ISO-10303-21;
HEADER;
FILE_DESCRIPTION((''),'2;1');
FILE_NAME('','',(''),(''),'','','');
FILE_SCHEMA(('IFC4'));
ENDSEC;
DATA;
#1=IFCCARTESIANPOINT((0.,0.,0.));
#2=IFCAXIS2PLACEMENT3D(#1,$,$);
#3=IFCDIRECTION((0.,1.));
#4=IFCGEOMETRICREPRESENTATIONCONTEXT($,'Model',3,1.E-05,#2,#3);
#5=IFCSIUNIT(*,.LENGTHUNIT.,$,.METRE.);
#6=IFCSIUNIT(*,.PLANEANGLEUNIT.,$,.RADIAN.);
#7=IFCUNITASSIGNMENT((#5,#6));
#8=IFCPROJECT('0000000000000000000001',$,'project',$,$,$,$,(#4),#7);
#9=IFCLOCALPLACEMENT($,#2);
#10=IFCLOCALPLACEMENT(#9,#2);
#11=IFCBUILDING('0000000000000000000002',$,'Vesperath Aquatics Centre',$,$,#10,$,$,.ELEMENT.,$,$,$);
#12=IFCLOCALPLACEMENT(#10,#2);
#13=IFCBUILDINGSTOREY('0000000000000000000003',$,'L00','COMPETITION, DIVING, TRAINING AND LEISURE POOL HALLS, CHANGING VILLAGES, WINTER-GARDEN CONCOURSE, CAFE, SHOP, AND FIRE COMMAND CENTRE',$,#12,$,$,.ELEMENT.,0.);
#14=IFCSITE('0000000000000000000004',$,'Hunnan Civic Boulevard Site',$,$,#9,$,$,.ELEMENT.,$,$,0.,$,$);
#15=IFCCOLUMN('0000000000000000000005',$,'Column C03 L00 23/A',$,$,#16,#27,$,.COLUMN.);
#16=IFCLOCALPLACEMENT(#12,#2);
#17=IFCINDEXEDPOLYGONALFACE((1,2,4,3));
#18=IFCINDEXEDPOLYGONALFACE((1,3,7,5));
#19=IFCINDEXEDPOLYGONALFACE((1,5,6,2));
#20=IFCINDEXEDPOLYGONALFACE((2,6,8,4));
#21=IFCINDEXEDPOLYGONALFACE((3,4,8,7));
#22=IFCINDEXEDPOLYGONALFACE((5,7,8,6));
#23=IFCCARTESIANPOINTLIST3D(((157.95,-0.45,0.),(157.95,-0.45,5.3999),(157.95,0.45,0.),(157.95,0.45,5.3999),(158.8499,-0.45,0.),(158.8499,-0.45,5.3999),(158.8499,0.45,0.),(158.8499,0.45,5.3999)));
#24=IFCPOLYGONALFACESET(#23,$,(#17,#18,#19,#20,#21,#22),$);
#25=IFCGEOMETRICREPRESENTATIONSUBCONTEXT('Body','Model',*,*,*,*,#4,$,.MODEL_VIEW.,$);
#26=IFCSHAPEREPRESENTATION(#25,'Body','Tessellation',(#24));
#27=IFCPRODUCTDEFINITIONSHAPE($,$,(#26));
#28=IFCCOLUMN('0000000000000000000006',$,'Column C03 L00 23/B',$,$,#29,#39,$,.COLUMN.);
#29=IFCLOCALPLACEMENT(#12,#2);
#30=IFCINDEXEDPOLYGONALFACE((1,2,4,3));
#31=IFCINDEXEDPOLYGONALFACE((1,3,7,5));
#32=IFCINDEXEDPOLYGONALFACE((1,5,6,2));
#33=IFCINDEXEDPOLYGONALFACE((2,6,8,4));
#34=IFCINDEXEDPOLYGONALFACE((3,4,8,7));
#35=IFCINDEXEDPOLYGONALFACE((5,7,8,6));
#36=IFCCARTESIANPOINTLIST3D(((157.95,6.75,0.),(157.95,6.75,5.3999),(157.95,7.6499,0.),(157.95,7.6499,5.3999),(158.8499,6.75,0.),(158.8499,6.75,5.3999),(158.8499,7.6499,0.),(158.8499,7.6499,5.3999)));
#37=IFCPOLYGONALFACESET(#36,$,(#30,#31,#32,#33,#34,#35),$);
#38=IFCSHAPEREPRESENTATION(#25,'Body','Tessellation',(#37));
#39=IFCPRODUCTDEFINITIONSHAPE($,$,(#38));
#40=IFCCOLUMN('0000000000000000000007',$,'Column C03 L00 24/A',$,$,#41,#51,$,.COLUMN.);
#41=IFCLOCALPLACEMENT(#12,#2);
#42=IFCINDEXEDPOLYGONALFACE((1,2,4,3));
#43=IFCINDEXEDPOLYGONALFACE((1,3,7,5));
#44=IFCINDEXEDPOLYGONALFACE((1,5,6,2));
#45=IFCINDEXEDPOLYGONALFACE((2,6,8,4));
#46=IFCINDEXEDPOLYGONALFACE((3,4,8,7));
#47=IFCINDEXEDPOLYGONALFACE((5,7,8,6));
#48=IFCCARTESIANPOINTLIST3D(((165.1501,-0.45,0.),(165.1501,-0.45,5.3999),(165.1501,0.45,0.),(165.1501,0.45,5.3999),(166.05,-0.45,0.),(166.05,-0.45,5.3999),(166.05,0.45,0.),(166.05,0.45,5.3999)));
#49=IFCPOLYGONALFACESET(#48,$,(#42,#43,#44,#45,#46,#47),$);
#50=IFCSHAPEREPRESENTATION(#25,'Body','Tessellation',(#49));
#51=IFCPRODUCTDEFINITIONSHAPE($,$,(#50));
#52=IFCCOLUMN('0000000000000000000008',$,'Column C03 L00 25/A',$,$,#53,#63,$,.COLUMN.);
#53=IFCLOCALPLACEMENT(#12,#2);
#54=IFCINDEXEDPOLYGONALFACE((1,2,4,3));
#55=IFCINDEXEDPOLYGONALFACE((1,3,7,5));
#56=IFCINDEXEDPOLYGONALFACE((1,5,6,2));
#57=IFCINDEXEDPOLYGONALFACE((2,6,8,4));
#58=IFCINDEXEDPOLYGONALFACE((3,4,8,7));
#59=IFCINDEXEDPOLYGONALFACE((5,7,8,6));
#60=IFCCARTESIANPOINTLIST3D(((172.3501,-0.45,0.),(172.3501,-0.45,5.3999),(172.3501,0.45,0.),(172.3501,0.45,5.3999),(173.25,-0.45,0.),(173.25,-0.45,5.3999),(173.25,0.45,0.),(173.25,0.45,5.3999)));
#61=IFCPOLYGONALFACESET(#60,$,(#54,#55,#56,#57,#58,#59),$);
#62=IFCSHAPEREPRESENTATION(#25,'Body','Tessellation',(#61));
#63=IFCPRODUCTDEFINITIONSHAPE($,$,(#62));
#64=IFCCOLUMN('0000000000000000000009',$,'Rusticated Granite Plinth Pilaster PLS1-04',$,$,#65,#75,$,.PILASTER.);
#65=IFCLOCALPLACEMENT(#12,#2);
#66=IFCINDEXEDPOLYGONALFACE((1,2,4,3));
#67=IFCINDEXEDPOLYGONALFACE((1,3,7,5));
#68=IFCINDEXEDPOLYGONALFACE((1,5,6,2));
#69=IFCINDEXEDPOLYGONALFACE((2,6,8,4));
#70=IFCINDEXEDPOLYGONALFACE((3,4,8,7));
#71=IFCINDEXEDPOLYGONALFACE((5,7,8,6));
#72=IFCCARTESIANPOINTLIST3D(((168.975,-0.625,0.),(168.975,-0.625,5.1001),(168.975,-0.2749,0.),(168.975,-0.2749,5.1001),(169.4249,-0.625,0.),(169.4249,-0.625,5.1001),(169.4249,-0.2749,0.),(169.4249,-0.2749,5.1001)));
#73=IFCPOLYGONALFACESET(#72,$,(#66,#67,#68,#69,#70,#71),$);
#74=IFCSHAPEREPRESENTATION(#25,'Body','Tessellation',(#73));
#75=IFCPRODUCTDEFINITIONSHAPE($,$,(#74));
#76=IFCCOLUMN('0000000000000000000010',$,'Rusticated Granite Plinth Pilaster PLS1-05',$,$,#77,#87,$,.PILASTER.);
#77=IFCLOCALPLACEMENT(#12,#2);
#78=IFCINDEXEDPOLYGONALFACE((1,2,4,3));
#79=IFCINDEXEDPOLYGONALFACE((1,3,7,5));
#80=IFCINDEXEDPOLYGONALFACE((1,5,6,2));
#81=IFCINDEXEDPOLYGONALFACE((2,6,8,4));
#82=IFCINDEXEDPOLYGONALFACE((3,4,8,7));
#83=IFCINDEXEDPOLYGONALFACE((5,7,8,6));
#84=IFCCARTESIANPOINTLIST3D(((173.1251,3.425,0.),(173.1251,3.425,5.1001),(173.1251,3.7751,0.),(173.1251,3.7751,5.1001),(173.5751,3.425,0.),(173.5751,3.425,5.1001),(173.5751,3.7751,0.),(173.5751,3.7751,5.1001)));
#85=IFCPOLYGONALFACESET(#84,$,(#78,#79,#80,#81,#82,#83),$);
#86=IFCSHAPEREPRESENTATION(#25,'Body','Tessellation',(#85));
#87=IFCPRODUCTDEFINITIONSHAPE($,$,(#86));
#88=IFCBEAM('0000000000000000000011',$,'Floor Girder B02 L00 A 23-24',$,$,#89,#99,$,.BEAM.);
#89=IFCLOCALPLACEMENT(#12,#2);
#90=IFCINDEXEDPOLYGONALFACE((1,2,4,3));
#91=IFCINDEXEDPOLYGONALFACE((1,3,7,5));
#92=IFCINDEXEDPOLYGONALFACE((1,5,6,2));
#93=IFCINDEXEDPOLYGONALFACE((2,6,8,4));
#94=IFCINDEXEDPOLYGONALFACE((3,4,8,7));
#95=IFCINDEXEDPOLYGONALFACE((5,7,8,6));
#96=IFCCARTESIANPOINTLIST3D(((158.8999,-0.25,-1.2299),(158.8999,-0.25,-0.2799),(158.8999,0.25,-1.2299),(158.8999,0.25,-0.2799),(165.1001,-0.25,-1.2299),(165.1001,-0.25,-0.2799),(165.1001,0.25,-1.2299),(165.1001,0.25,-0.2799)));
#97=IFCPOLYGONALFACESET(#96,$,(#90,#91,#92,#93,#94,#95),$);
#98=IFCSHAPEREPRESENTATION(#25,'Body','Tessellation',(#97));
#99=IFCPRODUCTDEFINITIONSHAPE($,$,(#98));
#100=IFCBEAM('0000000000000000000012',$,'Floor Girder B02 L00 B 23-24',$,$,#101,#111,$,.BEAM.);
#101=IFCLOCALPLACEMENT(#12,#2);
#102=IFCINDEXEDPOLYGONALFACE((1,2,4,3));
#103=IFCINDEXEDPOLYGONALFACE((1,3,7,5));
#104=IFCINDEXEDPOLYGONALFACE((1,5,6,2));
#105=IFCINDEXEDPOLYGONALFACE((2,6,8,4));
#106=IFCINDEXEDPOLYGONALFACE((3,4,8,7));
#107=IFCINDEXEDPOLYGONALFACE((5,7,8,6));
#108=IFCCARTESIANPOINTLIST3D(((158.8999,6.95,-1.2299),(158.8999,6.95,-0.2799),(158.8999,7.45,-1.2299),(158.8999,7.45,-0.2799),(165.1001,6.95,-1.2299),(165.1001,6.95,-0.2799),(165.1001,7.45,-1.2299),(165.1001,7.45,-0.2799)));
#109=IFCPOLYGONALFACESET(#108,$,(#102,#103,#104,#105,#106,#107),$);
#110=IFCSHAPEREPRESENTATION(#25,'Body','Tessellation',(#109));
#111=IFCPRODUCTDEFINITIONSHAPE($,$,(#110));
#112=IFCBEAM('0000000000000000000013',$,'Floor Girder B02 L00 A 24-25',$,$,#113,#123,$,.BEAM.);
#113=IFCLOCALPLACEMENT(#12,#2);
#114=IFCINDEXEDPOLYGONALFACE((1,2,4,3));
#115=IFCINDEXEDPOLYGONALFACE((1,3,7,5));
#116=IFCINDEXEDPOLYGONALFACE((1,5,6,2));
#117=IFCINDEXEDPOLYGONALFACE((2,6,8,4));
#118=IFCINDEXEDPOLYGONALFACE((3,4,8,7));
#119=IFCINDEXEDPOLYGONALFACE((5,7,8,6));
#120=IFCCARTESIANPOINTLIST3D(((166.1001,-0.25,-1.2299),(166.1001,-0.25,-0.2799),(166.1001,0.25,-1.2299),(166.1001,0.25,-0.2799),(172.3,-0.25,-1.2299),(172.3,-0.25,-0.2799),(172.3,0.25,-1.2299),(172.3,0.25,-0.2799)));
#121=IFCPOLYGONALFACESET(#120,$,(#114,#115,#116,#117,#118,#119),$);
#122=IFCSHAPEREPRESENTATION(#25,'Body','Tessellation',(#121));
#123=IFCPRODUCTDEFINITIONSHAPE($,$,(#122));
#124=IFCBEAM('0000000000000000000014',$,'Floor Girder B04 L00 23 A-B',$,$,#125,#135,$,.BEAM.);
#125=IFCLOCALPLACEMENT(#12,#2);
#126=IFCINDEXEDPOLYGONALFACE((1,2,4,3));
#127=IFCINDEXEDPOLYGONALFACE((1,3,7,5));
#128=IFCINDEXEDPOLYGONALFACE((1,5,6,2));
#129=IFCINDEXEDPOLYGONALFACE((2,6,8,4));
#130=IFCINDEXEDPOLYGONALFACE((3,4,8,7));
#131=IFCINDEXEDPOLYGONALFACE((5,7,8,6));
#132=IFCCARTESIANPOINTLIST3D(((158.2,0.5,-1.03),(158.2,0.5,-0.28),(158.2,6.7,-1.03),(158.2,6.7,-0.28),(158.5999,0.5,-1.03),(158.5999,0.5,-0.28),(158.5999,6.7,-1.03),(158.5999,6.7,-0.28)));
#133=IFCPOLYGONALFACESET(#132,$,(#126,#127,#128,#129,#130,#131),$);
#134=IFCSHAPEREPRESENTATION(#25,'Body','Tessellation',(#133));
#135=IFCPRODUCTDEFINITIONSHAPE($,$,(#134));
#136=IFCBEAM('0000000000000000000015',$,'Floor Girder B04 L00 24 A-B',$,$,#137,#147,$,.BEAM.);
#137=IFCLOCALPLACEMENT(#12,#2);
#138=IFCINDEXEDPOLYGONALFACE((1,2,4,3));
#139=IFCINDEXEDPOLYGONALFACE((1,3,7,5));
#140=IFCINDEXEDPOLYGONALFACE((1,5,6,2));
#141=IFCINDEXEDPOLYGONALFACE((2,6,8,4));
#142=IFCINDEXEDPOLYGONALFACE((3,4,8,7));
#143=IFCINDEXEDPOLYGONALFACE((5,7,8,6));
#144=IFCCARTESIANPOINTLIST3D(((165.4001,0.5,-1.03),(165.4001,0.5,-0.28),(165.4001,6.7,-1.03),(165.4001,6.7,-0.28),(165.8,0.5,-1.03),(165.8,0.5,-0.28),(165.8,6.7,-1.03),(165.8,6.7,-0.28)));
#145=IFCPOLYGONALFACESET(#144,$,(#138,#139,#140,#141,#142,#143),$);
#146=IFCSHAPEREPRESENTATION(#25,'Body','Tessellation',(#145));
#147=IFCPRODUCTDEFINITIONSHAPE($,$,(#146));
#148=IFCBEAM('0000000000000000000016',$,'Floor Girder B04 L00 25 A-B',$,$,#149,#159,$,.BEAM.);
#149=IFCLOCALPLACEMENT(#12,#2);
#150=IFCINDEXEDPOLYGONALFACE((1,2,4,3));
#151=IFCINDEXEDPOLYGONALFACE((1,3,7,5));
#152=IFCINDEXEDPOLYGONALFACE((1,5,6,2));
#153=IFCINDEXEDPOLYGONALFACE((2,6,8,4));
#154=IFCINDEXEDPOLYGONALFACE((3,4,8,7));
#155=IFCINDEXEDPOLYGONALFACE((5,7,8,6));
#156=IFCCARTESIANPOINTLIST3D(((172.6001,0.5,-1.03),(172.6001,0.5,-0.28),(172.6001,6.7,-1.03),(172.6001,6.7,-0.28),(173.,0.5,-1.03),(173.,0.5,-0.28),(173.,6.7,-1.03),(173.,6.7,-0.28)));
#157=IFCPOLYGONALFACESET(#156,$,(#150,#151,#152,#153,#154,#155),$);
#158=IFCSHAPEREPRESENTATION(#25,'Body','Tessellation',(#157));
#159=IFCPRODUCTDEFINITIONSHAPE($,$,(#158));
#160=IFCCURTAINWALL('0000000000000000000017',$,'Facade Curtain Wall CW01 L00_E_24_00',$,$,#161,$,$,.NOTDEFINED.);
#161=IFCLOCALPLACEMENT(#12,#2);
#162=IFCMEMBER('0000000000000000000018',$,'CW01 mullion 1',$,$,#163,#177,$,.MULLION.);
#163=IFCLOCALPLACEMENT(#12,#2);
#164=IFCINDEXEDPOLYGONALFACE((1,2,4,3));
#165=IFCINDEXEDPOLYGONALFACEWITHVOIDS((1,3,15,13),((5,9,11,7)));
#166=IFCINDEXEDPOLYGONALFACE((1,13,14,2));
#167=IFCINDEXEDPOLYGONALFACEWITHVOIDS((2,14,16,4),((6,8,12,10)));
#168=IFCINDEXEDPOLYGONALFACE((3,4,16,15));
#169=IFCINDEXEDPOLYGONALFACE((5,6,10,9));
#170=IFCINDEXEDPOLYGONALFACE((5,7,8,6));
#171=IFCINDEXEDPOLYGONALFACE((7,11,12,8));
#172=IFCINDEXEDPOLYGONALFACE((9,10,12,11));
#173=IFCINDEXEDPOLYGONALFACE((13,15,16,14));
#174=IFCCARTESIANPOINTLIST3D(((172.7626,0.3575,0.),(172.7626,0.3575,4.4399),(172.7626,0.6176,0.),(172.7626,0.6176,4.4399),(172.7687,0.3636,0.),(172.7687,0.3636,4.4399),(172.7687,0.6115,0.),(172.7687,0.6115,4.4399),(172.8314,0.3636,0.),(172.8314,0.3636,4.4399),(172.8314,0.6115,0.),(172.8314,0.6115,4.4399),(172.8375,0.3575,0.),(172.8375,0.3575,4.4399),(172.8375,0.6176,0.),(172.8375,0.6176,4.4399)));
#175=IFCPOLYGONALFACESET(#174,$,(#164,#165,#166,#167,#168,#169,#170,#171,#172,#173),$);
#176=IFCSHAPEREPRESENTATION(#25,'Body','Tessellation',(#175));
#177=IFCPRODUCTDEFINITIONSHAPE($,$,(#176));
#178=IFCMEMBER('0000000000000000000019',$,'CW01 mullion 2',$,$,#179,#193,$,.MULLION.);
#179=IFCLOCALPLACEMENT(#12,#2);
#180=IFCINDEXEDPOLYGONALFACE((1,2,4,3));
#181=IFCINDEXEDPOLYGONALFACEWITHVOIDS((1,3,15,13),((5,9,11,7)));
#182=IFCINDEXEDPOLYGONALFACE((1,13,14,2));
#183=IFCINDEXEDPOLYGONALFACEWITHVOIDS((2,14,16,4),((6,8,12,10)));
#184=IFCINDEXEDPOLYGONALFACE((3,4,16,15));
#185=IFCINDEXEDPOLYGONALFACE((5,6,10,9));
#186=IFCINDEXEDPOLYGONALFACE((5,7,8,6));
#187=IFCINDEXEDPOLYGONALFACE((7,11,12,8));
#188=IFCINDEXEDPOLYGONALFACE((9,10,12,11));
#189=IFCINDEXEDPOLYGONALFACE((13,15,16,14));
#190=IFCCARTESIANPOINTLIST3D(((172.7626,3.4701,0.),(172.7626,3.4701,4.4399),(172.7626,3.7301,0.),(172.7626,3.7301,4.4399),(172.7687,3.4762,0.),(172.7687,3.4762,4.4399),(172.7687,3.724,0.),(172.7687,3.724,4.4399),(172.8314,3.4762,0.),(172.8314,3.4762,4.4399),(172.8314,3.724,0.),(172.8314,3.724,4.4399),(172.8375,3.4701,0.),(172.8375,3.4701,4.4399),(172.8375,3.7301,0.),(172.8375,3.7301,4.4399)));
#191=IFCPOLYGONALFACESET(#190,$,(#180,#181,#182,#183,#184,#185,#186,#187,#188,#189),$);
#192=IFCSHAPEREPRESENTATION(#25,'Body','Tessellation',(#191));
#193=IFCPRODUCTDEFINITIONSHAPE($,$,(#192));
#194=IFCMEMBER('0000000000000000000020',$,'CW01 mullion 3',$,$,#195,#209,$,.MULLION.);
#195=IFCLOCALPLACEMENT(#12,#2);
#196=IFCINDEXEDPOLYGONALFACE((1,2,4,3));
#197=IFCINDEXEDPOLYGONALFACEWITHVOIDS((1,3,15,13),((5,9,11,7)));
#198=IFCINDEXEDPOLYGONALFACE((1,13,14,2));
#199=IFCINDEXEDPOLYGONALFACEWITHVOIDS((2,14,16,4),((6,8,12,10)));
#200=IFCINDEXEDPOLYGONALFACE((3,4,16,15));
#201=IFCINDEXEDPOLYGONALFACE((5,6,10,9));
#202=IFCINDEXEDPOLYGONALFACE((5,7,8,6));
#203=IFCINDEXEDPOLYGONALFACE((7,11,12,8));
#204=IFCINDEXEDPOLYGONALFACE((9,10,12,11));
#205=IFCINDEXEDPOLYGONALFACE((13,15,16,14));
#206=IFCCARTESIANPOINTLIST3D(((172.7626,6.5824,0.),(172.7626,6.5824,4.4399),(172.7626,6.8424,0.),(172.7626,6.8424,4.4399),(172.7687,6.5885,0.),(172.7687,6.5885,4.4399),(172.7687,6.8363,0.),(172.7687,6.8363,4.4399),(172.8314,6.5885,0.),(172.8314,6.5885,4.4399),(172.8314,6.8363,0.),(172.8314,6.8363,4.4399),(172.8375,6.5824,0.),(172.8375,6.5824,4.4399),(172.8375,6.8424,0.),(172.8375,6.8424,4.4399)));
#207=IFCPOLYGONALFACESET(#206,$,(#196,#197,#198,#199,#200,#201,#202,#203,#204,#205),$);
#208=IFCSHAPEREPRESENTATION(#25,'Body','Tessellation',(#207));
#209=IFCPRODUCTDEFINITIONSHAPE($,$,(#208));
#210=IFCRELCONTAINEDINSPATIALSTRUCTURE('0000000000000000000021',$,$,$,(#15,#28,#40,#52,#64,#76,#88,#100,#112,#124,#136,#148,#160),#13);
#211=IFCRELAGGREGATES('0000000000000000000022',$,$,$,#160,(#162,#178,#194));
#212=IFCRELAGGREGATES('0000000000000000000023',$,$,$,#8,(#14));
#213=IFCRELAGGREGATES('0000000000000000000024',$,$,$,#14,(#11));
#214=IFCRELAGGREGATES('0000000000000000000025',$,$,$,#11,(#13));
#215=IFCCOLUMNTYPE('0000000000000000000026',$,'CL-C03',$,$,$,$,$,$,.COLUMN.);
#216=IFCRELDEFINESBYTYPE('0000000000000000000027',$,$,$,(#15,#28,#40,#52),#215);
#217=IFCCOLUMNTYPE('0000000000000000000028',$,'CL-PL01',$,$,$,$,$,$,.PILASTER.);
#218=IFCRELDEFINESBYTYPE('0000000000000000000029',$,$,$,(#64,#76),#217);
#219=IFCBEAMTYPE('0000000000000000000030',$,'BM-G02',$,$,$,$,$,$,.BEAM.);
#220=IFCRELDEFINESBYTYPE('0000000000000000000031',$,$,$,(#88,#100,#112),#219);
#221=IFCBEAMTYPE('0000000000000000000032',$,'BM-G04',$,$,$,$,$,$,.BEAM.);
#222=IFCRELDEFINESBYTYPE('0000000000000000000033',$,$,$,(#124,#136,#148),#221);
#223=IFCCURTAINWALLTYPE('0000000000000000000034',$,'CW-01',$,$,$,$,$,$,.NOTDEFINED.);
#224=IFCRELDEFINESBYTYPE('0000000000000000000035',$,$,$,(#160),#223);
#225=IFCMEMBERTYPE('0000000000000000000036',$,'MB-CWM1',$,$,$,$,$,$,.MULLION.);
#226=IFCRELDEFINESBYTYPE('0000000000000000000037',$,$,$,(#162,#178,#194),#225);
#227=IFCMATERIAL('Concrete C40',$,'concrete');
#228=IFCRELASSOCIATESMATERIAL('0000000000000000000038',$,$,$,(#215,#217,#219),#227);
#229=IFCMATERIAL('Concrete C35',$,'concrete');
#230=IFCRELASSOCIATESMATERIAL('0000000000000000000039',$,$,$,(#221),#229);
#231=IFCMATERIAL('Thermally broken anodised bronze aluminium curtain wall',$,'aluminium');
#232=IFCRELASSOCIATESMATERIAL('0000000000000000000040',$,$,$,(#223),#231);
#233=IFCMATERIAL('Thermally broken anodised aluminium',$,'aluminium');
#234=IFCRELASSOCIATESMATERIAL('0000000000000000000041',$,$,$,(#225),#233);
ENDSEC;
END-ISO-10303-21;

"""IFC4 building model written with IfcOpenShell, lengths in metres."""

from ifc_helpers import new_model, si_unit, direction, frame, origin, origin_2d, place, context, subcontext, project, spatial, rectangle, hollow_rectangle, extrude, material, material_profile, profile_set, type_object, element, aggregate, save


model = new_model("IFC4")

# Units and contexts
model_context = context("Model", 3, precision=1e-05, world=origin(), true_north=direction((0.0, 1.0)))
body_context = subcontext(model_context, "Body", "Model", "MODEL_VIEW")
ifc_project = project(units=[si_unit("LENGTHUNIT", "METRE"), si_unit("PLANEANGLEUNIT", "RADIAN")], contexts=[model_context])

# Site, building, storey
site_placement = place(None, origin())
site = spatial("IfcSite", under=ifc_project, at=site_placement, Name="Hunnan Civic Boulevard Site", CompositionType="ELEMENT", RefElevation=0.0)
building_placement = place(site_placement, origin())
building = spatial("IfcBuilding", under=site, at=building_placement, Name="Vesperath Aquatics Centre", CompositionType="ELEMENT")
storey_placement = place(building_placement, origin())
storey = spatial("IfcBuildingStorey", under=building, at=storey_placement, Name="L00", Description="COMPETITION, DIVING, TRAINING AND LEISURE POOL HALLS, CHANGING VILLAGES, WINTER-GARDEN CONCOURSE, CAFE, SHOP, AND FIRE COMMAND CENTRE", CompositionType="ELEMENT", Elevation=0.0)

# Columns
ifc_material_1 = material(Name="Concrete C40", Category="concrete")
ifc_material_profile_1 = material_profile(ifc_material_1, rectangle(XDim=0.8999, YDim=0.8999, at=origin_2d()), Name="RC 900x900")
ifc_profile_set_1 = profile_set([ifc_material_profile_1], Name="Concrete C40")
column_type_1 = type_object("IfcColumnType", Name="CL-C03", PredefinedType="COLUMN", material=ifc_profile_set_1)
for number, where, z_axis, x_axis, name in (
    (1, (158.3999, 0.0, 0.0), (0.0, 0.0, 1.0), (1.0, 0.0, 0.0), "Column C03 L00 23/A"),
    (2, (158.3999, 7.2, 0.0), (0.0, 0.0, 1.0), (1.0, 0.0, 0.0), "Column C03 L00 23/B"),
    (3, (165.6001, 0.0, 0.0), (0.0, 0.0, 1.0), (1.0, 0.0, 0.0), "Column C03 L00 24/A"),
    (4, (172.8, 0.0, 0.0), (0.0, 0.0, 1.0), (1.0, 0.0, 0.0), "Column C03 L00 25/A"),
):
    element("IfcColumn", number, at=place(storey_placement, frame(where, z_axis=z_axis, x_axis=x_axis)), inside=storey, type_object=column_type_1, Name=name, PredefinedType="COLUMN", context=body_context, shape_type="SweptSolid", body=[
        extrude(rectangle(XDim=0.8999, YDim=0.8999, at=origin_2d()), origin(), (0.0, 0.0, 1.0), 5.3999),
    ])
ifc_material_profile_2 = material_profile(ifc_material_1, rectangle(XDim=0.45, YDim=0.3501, at=origin_2d()), Name="CL-PL01")
ifc_profile_set_2 = profile_set([ifc_material_profile_2], Name="Concrete C40")
column_type_2 = type_object("IfcColumnType", Name="CL-PL01", PredefinedType="PILASTER", material=ifc_profile_set_2)
for number, where, z_axis, x_axis, name in (
    (5, (169.2, -0.45, 0.0), (0.0, 0.0, 1.0), (1.0, 0.0, 0.0), "Rusticated Granite Plinth Pilaster PLS1-04"),
    (6, (173.3501, 3.6001, 0.0), (0.0, 0.0, 1.0), (1.0, 0.0, 0.0), "Rusticated Granite Plinth Pilaster PLS1-05"),
):
    element("IfcColumn", number, at=place(storey_placement, frame(where, z_axis=z_axis, x_axis=x_axis)), inside=storey, type_object=column_type_2, Name=name, PredefinedType="PILASTER", context=body_context, shape_type="SweptSolid", body=[
        extrude(rectangle(XDim=0.45, YDim=0.3501, at=origin_2d()), origin(), (0.0, 0.0, 1.0), 5.1001),
    ])

# Beams
ifc_material_profile_3 = material_profile(ifc_material_1, rectangle(XDim=0.5, YDim=0.95, at=origin_2d()), Name="RC 500x950")
ifc_profile_set_3 = profile_set([ifc_material_profile_3], Name="Concrete C40")
beam_type_1 = type_object("IfcBeamType", Name="BM-G02", PredefinedType="BEAM", material=ifc_profile_set_3)
for number, where, z_axis, x_axis, name in (
    (7, (158.8999, 0.0, -0.7549), (1.0, 0.0, 0.0), (0.0, 1.0, 0.0), "Floor Girder B02 L00 A 23-24"),
    (8, (158.8999, 7.2, -0.7549), (1.0, 0.0, 0.0), (0.0, 1.0, 0.0), "Floor Girder B02 L00 B 23-24"),
):
    element("IfcBeam", number, at=place(storey_placement, frame(where, z_axis=z_axis, x_axis=x_axis)), inside=storey, type_object=beam_type_1, Name=name, PredefinedType="BEAM", context=body_context, shape_type="SweptSolid", body=[
        extrude(rectangle(XDim=0.5, YDim=0.95, at=origin_2d()), origin(), (0.0, 0.0, 1.0), 6.2002),
    ])
beam_placement = place(storey_placement, frame((166.1001, 0.0, -0.7549), z_axis=(1.0, 0.0, 0.0), x_axis=(0.0, 1.0, 0.0)))
element("IfcBeam", 9, at=beam_placement, inside=storey, type_object=beam_type_1, Name="Floor Girder B02 L00 A 24-25", PredefinedType="BEAM", context=body_context, shape_type="SweptSolid", body=[
    extrude(rectangle(XDim=0.5, YDim=0.95, at=origin_2d()), origin(), (0.0, 0.0, 1.0), 6.2),
])
ifc_material_2 = material(Name="Concrete C35", Category="concrete")
ifc_material_profile_4 = material_profile(ifc_material_2, rectangle(XDim=0.3999, YDim=0.75, at=origin_2d()), Name="RC 400x750")
ifc_profile_set_4 = profile_set([ifc_material_profile_4], Name="Concrete C35")
beam_type_2 = type_object("IfcBeamType", Name="BM-G04", PredefinedType="BEAM", material=ifc_profile_set_4)
for number, where, z_axis, x_axis, name in (
    (10, (158.3999, 0.5, -0.655), (0.0, 1.0, 0.0), (-1.0, 0.0, 0.0), "Floor Girder B04 L00 23 A-B"),
    (11, (165.6001, 0.5, -0.655), (0.0, 1.0, 0.0), (-1.0, 0.0, 0.0), "Floor Girder B04 L00 24 A-B"),
    (12, (172.8, 0.5, -0.655), (0.0, 1.0, 0.0), (-1.0, 0.0, 0.0), "Floor Girder B04 L00 25 A-B"),
):
    element("IfcBeam", number, at=place(storey_placement, frame(where, z_axis=z_axis, x_axis=x_axis)), inside=storey, type_object=beam_type_2, Name=name, PredefinedType="BEAM", context=body_context, shape_type="SweptSolid", body=[
        extrude(rectangle(XDim=0.3999, YDim=0.75, at=origin_2d()), origin(), (0.0, 0.0, 1.0), 6.2),
    ])

# Curtain wall, members
ifc_material_3 = material(Name="Thermally broken anodised bronze aluminium curtain wall", Category="aluminium")
curtain_wall_type = type_object("IfcCurtainWallType", Name="CW-01", PredefinedType="NOTDEFINED", material=ifc_material_3)
curtain_wall_placement = place(storey_placement, origin())
curtain_wall = element("IfcCurtainWall", 13, at=curtain_wall_placement, inside=storey, type_object=curtain_wall_type, Name="Facade Curtain Wall CW01 L00_E_24_00", PredefinedType="NOTDEFINED")
ifc_material_4 = material(Name="Thermally broken anodised aluminium", Category="aluminium")
ifc_material_profile_5 = material_profile(ifc_material_4, hollow_rectangle(XDim=0.075, YDim=0.26, WallThickness=0.0061, at=origin_2d()), Name="CWM 75x260x6")
ifc_profile_set_5 = profile_set([ifc_material_profile_5], Name="Thermally broken anodised aluminium")
member_type_1 = type_object("IfcMemberType", Name="MB-CWM1", PredefinedType="MULLION", material=ifc_profile_set_5)
member_1_placement = place(storey_placement, frame((172.8, 0.4875, 0.0), z_axis=(0.0, 0.0, 1.0), x_axis=(-1.0, 0.0, 0.0)))
member_1 = element("IfcMember", 14, at=member_1_placement, type_object=member_type_1, Name="CW01 mullion 1", PredefinedType="MULLION", context=body_context, shape_type="SweptSolid", body=[
    extrude(hollow_rectangle(XDim=0.075, YDim=0.26, WallThickness=0.0061, at=origin_2d()), origin(), (0.0, 0.0, 1.0), 4.4399),
])
member_2_placement = place(storey_placement, frame((172.8, 3.6001, 0.0), z_axis=(0.0, 0.0, 1.0), x_axis=(-1.0, 0.0, 0.0)))
member_2 = element("IfcMember", 15, at=member_2_placement, type_object=member_type_1, Name="CW01 mullion 2", PredefinedType="MULLION", context=body_context, shape_type="SweptSolid", body=[
    extrude(hollow_rectangle(XDim=0.075, YDim=0.26, WallThickness=0.0061, at=origin_2d()), origin(), (0.0, 0.0, 1.0), 4.4399),
])
member_3_placement = place(storey_placement, frame((172.8, 6.7124, 0.0), z_axis=(0.0, 0.0, 1.0), x_axis=(-1.0, 0.0, 0.0)))
member_3 = element("IfcMember", 16, at=member_3_placement, type_object=member_type_1, Name="CW01 mullion 3", PredefinedType="MULLION", context=body_context, shape_type="SweptSolid", body=[
    extrude(hollow_rectangle(XDim=0.075, YDim=0.26, WallThickness=0.0061, at=origin_2d()), origin(), (0.0, 0.0, 1.0), 4.4399),
])
aggregate(curtain_wall, [member_1, member_2, member_3])

save(model, "model.ifc")
